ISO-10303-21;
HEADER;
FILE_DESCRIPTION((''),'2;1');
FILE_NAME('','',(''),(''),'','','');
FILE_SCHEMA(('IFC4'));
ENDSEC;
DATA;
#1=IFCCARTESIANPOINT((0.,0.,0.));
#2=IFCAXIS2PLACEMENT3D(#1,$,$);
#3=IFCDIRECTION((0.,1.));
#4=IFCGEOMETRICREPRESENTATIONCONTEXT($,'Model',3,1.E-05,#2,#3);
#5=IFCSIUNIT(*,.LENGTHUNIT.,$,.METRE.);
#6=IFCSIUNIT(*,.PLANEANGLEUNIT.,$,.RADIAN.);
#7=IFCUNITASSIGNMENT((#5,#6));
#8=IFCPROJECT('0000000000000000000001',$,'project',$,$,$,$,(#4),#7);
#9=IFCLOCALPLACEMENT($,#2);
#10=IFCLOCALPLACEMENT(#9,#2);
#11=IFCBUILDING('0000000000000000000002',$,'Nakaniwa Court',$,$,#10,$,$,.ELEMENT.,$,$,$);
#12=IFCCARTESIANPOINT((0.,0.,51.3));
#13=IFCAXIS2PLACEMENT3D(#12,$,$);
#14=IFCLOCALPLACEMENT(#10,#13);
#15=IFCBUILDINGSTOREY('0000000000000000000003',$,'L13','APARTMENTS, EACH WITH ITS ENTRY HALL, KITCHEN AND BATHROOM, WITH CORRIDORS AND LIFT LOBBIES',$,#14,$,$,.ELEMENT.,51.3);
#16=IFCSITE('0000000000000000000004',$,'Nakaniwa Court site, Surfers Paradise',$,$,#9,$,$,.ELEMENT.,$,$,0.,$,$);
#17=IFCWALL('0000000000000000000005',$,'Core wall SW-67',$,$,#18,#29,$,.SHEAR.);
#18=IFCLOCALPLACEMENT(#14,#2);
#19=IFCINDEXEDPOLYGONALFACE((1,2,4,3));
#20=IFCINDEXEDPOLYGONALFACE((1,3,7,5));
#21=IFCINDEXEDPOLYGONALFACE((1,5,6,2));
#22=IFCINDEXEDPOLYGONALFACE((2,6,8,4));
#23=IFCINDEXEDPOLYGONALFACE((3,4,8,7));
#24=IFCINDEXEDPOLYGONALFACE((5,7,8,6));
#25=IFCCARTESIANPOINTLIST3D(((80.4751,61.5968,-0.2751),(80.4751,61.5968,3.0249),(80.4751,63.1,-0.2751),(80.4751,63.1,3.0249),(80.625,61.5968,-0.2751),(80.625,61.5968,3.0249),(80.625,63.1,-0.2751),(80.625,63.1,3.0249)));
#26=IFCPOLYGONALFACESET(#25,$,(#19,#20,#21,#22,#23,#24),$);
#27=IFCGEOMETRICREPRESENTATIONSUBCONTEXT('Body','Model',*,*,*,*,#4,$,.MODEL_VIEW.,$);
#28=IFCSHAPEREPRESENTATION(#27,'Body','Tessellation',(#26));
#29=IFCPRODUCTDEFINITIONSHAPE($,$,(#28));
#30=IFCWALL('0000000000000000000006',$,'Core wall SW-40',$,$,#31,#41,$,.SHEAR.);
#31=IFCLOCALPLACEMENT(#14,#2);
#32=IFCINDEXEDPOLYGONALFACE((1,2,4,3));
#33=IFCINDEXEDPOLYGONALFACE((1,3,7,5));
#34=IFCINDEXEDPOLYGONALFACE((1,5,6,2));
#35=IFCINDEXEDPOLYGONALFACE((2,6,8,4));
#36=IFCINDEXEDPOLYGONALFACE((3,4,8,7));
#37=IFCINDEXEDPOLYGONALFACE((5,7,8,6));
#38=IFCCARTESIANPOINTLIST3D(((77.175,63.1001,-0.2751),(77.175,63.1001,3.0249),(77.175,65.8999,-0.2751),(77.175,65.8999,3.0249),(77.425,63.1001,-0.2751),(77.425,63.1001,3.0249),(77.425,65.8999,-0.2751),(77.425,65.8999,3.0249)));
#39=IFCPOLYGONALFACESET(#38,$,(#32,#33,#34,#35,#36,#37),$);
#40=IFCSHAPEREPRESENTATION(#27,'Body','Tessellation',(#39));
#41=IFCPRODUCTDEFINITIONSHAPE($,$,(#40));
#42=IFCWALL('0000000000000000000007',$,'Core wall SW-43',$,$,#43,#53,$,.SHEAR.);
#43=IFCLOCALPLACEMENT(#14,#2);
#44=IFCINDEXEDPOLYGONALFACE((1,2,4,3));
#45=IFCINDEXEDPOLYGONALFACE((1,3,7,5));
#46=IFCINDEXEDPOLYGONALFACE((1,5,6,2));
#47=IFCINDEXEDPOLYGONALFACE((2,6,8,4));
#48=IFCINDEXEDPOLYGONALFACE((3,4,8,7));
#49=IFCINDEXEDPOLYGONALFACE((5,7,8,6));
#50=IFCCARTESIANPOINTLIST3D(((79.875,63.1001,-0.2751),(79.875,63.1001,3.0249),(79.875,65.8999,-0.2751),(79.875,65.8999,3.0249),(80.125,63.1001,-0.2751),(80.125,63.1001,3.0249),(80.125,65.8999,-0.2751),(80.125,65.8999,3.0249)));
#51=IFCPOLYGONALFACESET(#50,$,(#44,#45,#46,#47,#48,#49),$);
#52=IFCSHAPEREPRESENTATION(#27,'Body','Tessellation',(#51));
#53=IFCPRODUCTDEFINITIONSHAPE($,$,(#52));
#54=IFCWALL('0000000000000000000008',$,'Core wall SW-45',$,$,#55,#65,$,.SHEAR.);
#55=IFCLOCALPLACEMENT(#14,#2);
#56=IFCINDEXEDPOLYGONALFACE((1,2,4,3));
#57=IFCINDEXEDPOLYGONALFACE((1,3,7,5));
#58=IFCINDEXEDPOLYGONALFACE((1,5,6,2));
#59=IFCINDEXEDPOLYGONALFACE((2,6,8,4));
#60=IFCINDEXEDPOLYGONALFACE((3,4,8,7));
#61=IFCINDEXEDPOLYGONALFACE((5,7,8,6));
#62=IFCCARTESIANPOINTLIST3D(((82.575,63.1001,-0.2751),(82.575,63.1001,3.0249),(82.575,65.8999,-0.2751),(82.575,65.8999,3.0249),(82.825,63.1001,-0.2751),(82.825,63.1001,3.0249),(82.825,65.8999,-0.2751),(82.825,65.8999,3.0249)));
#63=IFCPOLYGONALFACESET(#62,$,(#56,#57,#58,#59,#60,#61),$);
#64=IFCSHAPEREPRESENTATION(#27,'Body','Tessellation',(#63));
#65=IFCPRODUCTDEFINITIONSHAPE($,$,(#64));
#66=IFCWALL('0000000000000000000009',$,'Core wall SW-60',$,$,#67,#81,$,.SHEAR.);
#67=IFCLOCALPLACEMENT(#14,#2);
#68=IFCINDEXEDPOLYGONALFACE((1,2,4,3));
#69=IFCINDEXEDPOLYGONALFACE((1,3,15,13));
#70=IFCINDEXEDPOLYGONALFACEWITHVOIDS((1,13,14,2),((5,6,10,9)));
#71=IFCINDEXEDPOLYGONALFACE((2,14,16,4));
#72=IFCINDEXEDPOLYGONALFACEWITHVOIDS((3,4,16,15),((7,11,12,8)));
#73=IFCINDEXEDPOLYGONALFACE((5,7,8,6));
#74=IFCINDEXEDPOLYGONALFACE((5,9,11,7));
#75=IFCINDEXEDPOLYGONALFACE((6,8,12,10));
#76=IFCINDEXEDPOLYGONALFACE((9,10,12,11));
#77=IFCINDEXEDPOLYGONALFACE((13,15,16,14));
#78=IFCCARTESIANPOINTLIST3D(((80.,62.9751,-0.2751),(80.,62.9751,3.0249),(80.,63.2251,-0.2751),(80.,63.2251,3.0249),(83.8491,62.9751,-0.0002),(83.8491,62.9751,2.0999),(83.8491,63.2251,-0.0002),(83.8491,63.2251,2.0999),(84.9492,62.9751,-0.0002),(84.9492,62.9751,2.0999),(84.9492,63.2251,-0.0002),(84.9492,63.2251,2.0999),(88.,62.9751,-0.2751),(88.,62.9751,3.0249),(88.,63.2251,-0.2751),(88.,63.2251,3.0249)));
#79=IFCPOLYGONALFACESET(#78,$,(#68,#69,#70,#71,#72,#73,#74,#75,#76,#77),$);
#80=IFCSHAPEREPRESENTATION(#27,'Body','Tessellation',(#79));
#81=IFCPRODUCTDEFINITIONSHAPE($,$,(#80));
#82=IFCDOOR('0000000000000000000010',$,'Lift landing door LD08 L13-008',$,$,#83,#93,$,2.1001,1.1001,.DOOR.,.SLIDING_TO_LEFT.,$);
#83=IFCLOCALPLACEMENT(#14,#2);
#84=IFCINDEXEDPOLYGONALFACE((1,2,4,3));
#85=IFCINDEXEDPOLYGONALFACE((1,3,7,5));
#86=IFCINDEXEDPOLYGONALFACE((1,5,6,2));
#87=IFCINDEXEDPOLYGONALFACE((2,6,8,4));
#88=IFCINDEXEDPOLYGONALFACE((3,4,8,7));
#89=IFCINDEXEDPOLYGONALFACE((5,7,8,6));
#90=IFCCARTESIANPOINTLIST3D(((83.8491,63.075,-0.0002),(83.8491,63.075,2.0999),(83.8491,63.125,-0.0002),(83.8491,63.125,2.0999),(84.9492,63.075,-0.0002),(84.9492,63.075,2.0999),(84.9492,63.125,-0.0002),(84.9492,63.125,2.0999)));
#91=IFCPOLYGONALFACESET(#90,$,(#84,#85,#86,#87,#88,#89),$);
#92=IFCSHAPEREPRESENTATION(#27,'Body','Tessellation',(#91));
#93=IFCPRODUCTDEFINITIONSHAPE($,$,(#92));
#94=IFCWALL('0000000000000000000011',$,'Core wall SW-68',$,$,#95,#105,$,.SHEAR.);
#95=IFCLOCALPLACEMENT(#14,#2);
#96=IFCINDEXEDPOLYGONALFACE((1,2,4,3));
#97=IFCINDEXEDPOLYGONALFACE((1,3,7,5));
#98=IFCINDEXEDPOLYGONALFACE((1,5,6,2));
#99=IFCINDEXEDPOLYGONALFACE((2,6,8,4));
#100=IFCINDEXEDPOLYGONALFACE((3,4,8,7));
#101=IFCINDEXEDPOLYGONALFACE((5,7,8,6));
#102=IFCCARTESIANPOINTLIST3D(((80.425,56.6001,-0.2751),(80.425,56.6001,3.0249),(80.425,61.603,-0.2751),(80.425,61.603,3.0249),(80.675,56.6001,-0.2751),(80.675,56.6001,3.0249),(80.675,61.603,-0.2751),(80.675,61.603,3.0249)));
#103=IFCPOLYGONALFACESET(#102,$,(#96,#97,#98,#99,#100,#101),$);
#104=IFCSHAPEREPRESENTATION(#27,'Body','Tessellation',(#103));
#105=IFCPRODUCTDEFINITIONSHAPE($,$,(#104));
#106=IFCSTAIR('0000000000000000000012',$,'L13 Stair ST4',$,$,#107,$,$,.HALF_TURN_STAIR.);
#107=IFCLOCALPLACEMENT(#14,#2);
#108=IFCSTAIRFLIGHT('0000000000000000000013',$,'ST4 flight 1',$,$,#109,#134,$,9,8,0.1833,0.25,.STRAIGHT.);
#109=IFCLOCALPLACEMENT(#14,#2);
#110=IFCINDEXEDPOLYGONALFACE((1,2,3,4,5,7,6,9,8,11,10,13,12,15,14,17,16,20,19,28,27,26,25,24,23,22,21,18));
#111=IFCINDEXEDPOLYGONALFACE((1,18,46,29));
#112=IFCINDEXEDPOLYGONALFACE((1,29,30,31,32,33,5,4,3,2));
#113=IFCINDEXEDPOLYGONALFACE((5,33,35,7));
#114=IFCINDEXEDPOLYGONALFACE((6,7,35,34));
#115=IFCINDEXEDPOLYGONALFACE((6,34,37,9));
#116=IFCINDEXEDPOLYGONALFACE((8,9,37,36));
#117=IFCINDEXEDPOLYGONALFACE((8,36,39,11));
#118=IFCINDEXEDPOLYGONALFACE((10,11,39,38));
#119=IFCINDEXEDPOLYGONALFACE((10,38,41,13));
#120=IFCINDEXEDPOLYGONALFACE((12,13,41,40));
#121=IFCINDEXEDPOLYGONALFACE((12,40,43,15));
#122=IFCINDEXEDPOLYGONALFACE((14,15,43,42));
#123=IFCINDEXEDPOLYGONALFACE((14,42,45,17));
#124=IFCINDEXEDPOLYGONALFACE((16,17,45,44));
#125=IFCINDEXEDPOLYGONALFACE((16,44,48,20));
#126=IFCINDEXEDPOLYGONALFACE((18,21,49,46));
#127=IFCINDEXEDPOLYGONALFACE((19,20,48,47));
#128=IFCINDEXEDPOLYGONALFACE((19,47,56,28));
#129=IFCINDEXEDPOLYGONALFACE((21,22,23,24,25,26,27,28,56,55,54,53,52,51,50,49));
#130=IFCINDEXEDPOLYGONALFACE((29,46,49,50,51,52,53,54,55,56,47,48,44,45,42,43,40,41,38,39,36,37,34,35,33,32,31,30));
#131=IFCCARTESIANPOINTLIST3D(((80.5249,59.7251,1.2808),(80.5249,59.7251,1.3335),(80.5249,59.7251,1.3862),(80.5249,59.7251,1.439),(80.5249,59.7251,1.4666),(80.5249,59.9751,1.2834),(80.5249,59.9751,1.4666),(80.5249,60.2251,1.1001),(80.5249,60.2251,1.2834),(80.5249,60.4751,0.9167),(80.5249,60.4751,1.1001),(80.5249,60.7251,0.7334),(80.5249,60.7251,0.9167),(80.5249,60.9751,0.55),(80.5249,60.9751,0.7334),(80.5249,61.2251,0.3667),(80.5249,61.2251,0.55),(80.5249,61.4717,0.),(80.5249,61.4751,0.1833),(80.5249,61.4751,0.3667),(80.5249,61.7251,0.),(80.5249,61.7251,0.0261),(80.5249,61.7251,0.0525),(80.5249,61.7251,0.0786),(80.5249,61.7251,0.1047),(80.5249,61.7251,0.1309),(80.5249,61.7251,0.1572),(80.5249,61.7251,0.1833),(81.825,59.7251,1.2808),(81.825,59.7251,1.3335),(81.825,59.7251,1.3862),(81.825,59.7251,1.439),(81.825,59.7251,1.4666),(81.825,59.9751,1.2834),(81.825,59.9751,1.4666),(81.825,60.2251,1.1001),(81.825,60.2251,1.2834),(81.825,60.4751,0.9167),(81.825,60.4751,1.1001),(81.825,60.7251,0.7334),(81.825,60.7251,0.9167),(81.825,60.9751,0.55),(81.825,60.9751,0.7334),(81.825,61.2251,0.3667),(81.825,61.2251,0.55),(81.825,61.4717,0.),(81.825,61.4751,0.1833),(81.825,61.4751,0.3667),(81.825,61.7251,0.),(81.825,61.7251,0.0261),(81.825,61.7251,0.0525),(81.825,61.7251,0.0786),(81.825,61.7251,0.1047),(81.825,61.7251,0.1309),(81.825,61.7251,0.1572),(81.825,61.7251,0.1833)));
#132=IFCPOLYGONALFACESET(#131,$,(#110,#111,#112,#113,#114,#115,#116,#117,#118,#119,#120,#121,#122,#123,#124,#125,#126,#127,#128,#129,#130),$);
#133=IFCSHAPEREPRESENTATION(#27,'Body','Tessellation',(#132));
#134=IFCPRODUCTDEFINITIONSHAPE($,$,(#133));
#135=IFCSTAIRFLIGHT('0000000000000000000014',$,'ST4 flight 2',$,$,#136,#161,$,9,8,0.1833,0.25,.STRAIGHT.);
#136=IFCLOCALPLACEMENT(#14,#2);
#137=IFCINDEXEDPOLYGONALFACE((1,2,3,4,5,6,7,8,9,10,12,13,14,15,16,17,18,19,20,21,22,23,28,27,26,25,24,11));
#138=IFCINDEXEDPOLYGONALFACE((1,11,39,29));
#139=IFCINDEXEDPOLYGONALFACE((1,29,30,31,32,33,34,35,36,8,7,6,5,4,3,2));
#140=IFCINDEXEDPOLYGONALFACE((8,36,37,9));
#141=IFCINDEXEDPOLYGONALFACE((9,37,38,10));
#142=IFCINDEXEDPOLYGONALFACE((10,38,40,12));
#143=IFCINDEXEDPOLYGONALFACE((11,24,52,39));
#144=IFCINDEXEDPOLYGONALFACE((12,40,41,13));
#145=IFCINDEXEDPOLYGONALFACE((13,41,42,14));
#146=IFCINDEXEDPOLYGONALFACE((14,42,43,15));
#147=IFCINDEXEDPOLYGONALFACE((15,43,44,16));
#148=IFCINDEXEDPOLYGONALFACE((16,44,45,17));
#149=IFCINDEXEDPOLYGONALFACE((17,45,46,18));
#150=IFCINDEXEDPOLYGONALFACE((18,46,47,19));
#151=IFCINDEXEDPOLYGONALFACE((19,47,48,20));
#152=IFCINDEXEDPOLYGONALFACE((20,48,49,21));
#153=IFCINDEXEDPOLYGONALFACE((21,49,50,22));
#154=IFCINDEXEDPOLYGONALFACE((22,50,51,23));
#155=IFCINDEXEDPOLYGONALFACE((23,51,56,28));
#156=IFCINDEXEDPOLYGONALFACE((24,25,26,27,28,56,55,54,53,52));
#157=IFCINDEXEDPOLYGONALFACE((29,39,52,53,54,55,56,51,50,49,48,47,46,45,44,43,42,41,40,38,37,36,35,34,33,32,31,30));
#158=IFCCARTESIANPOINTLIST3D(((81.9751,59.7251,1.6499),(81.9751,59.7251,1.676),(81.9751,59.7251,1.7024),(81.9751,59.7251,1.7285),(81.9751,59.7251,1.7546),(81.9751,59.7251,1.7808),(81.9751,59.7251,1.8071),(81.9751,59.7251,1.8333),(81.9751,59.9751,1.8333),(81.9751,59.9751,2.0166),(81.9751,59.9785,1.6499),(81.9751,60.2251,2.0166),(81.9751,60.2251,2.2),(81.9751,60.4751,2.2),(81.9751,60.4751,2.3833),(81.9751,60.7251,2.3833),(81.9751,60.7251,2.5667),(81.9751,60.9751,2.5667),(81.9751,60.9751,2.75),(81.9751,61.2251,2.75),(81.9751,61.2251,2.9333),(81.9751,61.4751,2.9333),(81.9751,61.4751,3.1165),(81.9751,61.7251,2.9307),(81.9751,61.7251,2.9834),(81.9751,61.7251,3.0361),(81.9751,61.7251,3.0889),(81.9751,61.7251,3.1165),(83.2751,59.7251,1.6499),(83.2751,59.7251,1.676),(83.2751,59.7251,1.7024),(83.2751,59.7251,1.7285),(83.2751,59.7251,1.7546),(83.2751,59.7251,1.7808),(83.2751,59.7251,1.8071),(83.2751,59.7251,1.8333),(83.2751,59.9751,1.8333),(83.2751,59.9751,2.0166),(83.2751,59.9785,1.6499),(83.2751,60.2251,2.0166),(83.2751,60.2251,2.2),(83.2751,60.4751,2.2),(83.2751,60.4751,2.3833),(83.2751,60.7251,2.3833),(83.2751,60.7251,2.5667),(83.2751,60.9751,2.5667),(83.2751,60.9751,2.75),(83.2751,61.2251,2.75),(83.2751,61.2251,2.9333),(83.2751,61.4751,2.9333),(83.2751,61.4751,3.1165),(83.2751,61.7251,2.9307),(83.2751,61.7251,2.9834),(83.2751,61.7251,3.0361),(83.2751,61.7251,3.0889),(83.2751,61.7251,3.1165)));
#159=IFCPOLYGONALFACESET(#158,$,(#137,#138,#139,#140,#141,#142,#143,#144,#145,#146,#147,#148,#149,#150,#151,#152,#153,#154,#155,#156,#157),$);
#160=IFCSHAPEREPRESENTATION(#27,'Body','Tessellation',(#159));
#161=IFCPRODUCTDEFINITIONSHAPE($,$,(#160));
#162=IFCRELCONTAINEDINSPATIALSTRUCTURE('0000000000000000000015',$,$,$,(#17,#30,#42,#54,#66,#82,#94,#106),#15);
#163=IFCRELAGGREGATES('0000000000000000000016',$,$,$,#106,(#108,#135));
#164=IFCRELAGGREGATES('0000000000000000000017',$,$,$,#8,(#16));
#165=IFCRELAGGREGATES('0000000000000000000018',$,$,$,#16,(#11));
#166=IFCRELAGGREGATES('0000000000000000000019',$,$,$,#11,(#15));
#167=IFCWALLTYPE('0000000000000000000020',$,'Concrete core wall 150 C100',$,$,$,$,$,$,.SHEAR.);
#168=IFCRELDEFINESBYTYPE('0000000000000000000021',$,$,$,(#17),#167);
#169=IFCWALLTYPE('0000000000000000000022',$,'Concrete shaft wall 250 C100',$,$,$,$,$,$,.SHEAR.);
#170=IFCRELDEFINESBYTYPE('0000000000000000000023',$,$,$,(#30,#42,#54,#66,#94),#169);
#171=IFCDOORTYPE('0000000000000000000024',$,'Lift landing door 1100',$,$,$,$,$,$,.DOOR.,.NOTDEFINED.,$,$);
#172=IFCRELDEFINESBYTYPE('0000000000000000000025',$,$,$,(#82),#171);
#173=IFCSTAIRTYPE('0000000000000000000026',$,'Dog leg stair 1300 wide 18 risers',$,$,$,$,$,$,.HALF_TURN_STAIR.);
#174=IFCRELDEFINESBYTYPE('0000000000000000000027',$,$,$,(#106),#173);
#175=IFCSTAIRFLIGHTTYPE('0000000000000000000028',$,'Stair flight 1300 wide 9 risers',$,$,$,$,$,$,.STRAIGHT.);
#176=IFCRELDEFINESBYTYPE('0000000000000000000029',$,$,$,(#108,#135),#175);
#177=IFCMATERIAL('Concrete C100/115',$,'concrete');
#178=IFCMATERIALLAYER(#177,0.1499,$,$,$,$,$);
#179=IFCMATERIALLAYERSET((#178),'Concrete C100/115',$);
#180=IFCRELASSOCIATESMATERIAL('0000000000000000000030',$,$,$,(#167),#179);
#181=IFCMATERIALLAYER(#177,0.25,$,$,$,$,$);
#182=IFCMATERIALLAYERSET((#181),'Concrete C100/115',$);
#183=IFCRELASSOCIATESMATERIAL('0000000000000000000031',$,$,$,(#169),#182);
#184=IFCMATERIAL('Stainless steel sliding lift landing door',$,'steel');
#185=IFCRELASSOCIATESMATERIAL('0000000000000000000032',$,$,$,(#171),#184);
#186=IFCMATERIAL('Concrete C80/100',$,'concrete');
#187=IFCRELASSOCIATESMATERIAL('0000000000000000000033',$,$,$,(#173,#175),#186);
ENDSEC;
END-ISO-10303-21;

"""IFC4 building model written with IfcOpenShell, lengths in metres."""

from ifc_helpers import new_model, si_unit, direction, frame, frame_2d, origin, place, context, subcontext, project, spatial, polyline, rectangle, outline, extrude, material, layer, layer_set, type_object, element, fill, aggregate, save


model = new_model("IFC4")

# Units and contexts
model_context = context("Model", 3, precision=1e-05, world=origin(), true_north=direction((0.0, 1.0)))
body_context = subcontext(model_context, "Body", "Model", "MODEL_VIEW")
ifc_project = project(units=[si_unit("LENGTHUNIT", "METRE"), si_unit("PLANEANGLEUNIT", "RADIAN")], contexts=[model_context])

# Site, building, storey
site_placement = place(None, origin())
site = spatial("IfcSite", under=ifc_project, at=site_placement, Name="Nakaniwa Court site, Surfers Paradise", CompositionType="ELEMENT", RefElevation=0.0)
building_placement = place(site_placement, origin())
building = spatial("IfcBuilding", under=site, at=building_placement, Name="Nakaniwa Court", CompositionType="ELEMENT")
storey_placement = place(building_placement, frame((0.0, 0.0, 51.3)))
storey = spatial("IfcBuildingStorey", under=building, at=storey_placement, Name="L13", Description="APARTMENTS, EACH WITH ITS ENTRY HALL, KITCHEN AND BATHROOM, WITH CORRIDORS AND LIFT LOBBIES", CompositionType="ELEMENT", Elevation=51.3)

# Shared definitions
ifc_material_1 = material(Name="Concrete C80/100", Category="concrete")

# Walls
ifc_material_2 = material(Name="Concrete C100/115", Category="concrete")
ifc_layer_1 = layer(ifc_material_2, 0.1499)
ifc_layer_set_1 = layer_set([ifc_layer_1], Name="Concrete C100/115")
wall_type_1 = type_object("IfcWallType", Name="Concrete core wall 150 C100", PredefinedType="SHEAR", material=ifc_layer_set_1)
wall_1_placement = place(storey_placement, frame((80.55, 61.5969, -0.2751), z_axis=(0.0, 0.0, 1.0), x_axis=(0.0, 1.0, 0.0)))
element("IfcWall", 1, at=wall_1_placement, inside=storey, type_object=wall_type_1, Name="Core wall SW-67", PredefinedType="SHEAR", context=body_context, shape_type="SweptSolid", body=[
    extrude(rectangle(XDim=1.5032, YDim=0.1499, at=frame_2d((0.7515, 0.0))), origin(), (0.0, 0.0, 1.0), 3.3),
])
ifc_layer_2 = layer(ifc_material_2, 0.25)
ifc_layer_set_2 = layer_set([ifc_layer_2], Name="Concrete C100/115")
wall_type_2 = type_object("IfcWallType", Name="Concrete shaft wall 250 C100", PredefinedType="SHEAR", material=ifc_layer_set_2)
for number, where, z_axis, x_axis, name in (
    (2, (77.3, 63.1001, -0.2751), (0.0, 0.0, 1.0), (0.0, 1.0, 0.0), "Core wall SW-40"),
    (3, (80.0, 63.1001, -0.2751), (0.0, 0.0, 1.0), (0.0, 1.0, 0.0), "Core wall SW-43"),
    (4, (82.7, 63.1001, -0.2751), (0.0, 0.0, 1.0), (0.0, 1.0, 0.0), "Core wall SW-45"),
):
    element("IfcWall", number, at=place(storey_placement, frame(where, z_axis=z_axis, x_axis=x_axis)), inside=storey, type_object=wall_type_2, Name=name, PredefinedType="SHEAR", context=body_context, shape_type="SweptSolid", body=[
        extrude(rectangle(XDim=2.7998, YDim=0.25, at=frame_2d((1.3999, 0.0))), origin(), (0.0, 0.0, 1.0), 3.3),
    ])

# Wall, opening, door
wall_2_placement = place(storey_placement, frame((80.0, 63.1001, -0.2751), z_axis=(0.0, 0.0, 1.0), x_axis=(1.0, 0.0, 0.0)))
wall_2 = element("IfcWall", 5, at=wall_2_placement, inside=storey, type_object=wall_type_2, Name="Core wall SW-60", PredefinedType="SHEAR", context=body_context, shape_type="SweptSolid", body=[
    extrude(rectangle(XDim=8.0, YDim=0.25, at=frame_2d((4.0, 0.0))), origin(), (0.0, 0.0, 1.0), 3.3),
])
opening_1_placement = place(wall_2_placement, frame((3.8491, 0.0, 0.2749)))
opening_1 = element("IfcOpeningElement", 6, at=opening_1_placement, cuts=wall_2, PredefinedType="OPENING", context=body_context, shape_type="SweptSolid", body=[
    extrude(rectangle(XDim=1.1001, YDim=2.1001, at=frame_2d((0.55, 1.05))), frame((0.0, 0.135, 0.0), z_axis=(0.0, -1.0, 0.0), x_axis=(1.0, 0.0, 0.0)), (0.0, 0.0, 1.0), 0.27),
])
ifc_material_3 = material(Name="Stainless steel sliding lift landing door", Category="steel")
door_type_1 = type_object("IfcDoorType", Name="Lift landing door 1100", OperationType="NOTDEFINED", PredefinedType="DOOR", material=ifc_material_3)
door_1_placement = place(opening_1_placement, origin())
door_1 = element("IfcDoor", 7, at=door_1_placement, inside=storey, type_object=door_type_1, Name="Lift landing door LD08 L13-008", OperationType="SLIDING_TO_LEFT", OverallHeight=2.1001, OverallWidth=1.1001, PredefinedType="DOOR", context=body_context, shape_type="SweptSolid", body=[
    extrude(rectangle(XDim=1.1001, YDim=2.1001, at=frame_2d((0.55, 1.05))), frame((0.0, 0.0249, 0.0), z_axis=(0.0, -1.0, 0.0), x_axis=(1.0, 0.0, 0.0)), (0.0, 0.0, 1.0), 0.05),
])
fill(opening_1, door_1)

# Wall
wall_3_placement = place(storey_placement, frame((80.55, 56.6001, -0.2751), z_axis=(0.0, 0.0, 1.0), x_axis=(0.0, 1.0, 0.0)))
element("IfcWall", 8, at=wall_3_placement, inside=storey, type_object=wall_type_2, Name="Core wall SW-68", PredefinedType="SHEAR", context=body_context, shape_type="SweptSolid", body=[
    extrude(rectangle(XDim=5.0029, YDim=0.25, at=frame_2d((2.5015, 0.0))), origin(), (0.0, 0.0, 1.0), 3.3),
])

# Stair, stair flights
stair_type = type_object("IfcStairType", Name="Dog leg stair 1300 wide 18 risers", PredefinedType="HALF_TURN_STAIR", material=ifc_material_1)
stair_placement = place(storey_placement, origin())
stair = element("IfcStair", 9, at=stair_placement, inside=storey, type_object=stair_type, Name="L13 Stair ST4", PredefinedType="HALF_TURN_STAIR")
stair_flight_type = type_object("IfcStairFlightType", Name="Stair flight 1300 wide 9 risers", PredefinedType="STRAIGHT", material=ifc_material_1)
stair_flight_1_placement = place(storey_placement, frame((81.175, 61.7251, 0.0), z_axis=(0.0, 0.0, 1.0), x_axis=(0.0, -1.0, 0.0)))
stair_flight_1 = element("IfcStairFlight", 10, at=stair_flight_1_placement, type_object=stair_flight_type, Name="ST4 flight 1", NumberOfRisers=9, NumberOfTreads=8, PredefinedType="STRAIGHT", RiserHeight=0.1833, TreadLength=0.25, context=body_context, shape_type="SweptSolid", body=[
    extrude(outline(polyline([(0.0, 0.0), (0.0, 0.0261), (0.0, 0.0525), (0.0, 0.0786), (0.0, 0.1047), (0.0, 0.1309), (0.0, 0.1572), (0.0, 0.1833), (0.25, 0.1833), (0.25, 0.3667), (0.5, 0.3667), (0.5, 0.55), (0.75, 0.55), (0.75, 0.7334), (1.0, 0.7334), (1.0, 0.9167), (1.25, 0.9167), (1.25, 1.1001), (1.5, 1.1001), (1.5, 1.2834), (1.75, 1.2834), (1.75, 1.4666), (2.0, 1.4666), (2.0, 1.6499), (2.0, 1.5972), (2.0, 1.5444), (2.0, 1.4917), (2.0, 1.439), (2.0, 1.3862), (2.0, 1.3335), (2.0, 1.2808), (0.2534, 0.0), (0.0, 0.0)])), frame((0.0, 0.6499, 0.0), z_axis=(0.0, -1.0, 0.0), x_axis=(1.0, 0.0, 0.0)), (0.0, 0.0, 1.0), 1.3),
])
stair_flight_2_placement = place(storey_placement, frame((82.625, 59.7251, 1.6499), z_axis=(0.0, 0.0, 1.0), x_axis=(0.0, 1.0, 0.0)))
stair_flight_2 = element("IfcStairFlight", 11, at=stair_flight_2_placement, type_object=stair_flight_type, Name="ST4 flight 2", NumberOfRisers=9, NumberOfTreads=8, PredefinedType="STRAIGHT", RiserHeight=0.1833, TreadLength=0.25, context=body_context, shape_type="SweptSolid", body=[
    extrude(outline(polyline([(0.0, 0.0), (0.0, 0.0261), (0.0, 0.0525), (0.0, 0.0786), (0.0, 0.1047), (0.0, 0.1309), (0.0, 0.1572), (0.0, 0.1833), (0.25, 0.1833), (0.25, 0.3667), (0.5, 0.3667), (0.5, 0.55), (0.75, 0.55), (0.75, 0.7334), (1.0, 0.7334), (1.0, 0.9167), (1.25, 0.9167), (1.25, 1.1001), (1.5, 1.1001), (1.5, 1.2834), (1.75, 1.2834), (1.75, 1.4666), (2.0, 1.4666), (2.0, 1.6499), (2.0, 1.5972), (2.0, 1.5444), (2.0, 1.4917), (2.0, 1.439), (2.0, 1.3862), (2.0, 1.3335), (2.0, 1.2808), (0.2534, 0.0), (0.0, 0.0)])), frame((0.0, 0.6499, 0.0), z_axis=(0.0, -1.0, 0.0), x_axis=(1.0, 0.0, 0.0)), (0.0, 0.0, 1.0), 1.3),
])
aggregate(stair, [stair_flight_1, stair_flight_2])

save(model, "model.ifc")
